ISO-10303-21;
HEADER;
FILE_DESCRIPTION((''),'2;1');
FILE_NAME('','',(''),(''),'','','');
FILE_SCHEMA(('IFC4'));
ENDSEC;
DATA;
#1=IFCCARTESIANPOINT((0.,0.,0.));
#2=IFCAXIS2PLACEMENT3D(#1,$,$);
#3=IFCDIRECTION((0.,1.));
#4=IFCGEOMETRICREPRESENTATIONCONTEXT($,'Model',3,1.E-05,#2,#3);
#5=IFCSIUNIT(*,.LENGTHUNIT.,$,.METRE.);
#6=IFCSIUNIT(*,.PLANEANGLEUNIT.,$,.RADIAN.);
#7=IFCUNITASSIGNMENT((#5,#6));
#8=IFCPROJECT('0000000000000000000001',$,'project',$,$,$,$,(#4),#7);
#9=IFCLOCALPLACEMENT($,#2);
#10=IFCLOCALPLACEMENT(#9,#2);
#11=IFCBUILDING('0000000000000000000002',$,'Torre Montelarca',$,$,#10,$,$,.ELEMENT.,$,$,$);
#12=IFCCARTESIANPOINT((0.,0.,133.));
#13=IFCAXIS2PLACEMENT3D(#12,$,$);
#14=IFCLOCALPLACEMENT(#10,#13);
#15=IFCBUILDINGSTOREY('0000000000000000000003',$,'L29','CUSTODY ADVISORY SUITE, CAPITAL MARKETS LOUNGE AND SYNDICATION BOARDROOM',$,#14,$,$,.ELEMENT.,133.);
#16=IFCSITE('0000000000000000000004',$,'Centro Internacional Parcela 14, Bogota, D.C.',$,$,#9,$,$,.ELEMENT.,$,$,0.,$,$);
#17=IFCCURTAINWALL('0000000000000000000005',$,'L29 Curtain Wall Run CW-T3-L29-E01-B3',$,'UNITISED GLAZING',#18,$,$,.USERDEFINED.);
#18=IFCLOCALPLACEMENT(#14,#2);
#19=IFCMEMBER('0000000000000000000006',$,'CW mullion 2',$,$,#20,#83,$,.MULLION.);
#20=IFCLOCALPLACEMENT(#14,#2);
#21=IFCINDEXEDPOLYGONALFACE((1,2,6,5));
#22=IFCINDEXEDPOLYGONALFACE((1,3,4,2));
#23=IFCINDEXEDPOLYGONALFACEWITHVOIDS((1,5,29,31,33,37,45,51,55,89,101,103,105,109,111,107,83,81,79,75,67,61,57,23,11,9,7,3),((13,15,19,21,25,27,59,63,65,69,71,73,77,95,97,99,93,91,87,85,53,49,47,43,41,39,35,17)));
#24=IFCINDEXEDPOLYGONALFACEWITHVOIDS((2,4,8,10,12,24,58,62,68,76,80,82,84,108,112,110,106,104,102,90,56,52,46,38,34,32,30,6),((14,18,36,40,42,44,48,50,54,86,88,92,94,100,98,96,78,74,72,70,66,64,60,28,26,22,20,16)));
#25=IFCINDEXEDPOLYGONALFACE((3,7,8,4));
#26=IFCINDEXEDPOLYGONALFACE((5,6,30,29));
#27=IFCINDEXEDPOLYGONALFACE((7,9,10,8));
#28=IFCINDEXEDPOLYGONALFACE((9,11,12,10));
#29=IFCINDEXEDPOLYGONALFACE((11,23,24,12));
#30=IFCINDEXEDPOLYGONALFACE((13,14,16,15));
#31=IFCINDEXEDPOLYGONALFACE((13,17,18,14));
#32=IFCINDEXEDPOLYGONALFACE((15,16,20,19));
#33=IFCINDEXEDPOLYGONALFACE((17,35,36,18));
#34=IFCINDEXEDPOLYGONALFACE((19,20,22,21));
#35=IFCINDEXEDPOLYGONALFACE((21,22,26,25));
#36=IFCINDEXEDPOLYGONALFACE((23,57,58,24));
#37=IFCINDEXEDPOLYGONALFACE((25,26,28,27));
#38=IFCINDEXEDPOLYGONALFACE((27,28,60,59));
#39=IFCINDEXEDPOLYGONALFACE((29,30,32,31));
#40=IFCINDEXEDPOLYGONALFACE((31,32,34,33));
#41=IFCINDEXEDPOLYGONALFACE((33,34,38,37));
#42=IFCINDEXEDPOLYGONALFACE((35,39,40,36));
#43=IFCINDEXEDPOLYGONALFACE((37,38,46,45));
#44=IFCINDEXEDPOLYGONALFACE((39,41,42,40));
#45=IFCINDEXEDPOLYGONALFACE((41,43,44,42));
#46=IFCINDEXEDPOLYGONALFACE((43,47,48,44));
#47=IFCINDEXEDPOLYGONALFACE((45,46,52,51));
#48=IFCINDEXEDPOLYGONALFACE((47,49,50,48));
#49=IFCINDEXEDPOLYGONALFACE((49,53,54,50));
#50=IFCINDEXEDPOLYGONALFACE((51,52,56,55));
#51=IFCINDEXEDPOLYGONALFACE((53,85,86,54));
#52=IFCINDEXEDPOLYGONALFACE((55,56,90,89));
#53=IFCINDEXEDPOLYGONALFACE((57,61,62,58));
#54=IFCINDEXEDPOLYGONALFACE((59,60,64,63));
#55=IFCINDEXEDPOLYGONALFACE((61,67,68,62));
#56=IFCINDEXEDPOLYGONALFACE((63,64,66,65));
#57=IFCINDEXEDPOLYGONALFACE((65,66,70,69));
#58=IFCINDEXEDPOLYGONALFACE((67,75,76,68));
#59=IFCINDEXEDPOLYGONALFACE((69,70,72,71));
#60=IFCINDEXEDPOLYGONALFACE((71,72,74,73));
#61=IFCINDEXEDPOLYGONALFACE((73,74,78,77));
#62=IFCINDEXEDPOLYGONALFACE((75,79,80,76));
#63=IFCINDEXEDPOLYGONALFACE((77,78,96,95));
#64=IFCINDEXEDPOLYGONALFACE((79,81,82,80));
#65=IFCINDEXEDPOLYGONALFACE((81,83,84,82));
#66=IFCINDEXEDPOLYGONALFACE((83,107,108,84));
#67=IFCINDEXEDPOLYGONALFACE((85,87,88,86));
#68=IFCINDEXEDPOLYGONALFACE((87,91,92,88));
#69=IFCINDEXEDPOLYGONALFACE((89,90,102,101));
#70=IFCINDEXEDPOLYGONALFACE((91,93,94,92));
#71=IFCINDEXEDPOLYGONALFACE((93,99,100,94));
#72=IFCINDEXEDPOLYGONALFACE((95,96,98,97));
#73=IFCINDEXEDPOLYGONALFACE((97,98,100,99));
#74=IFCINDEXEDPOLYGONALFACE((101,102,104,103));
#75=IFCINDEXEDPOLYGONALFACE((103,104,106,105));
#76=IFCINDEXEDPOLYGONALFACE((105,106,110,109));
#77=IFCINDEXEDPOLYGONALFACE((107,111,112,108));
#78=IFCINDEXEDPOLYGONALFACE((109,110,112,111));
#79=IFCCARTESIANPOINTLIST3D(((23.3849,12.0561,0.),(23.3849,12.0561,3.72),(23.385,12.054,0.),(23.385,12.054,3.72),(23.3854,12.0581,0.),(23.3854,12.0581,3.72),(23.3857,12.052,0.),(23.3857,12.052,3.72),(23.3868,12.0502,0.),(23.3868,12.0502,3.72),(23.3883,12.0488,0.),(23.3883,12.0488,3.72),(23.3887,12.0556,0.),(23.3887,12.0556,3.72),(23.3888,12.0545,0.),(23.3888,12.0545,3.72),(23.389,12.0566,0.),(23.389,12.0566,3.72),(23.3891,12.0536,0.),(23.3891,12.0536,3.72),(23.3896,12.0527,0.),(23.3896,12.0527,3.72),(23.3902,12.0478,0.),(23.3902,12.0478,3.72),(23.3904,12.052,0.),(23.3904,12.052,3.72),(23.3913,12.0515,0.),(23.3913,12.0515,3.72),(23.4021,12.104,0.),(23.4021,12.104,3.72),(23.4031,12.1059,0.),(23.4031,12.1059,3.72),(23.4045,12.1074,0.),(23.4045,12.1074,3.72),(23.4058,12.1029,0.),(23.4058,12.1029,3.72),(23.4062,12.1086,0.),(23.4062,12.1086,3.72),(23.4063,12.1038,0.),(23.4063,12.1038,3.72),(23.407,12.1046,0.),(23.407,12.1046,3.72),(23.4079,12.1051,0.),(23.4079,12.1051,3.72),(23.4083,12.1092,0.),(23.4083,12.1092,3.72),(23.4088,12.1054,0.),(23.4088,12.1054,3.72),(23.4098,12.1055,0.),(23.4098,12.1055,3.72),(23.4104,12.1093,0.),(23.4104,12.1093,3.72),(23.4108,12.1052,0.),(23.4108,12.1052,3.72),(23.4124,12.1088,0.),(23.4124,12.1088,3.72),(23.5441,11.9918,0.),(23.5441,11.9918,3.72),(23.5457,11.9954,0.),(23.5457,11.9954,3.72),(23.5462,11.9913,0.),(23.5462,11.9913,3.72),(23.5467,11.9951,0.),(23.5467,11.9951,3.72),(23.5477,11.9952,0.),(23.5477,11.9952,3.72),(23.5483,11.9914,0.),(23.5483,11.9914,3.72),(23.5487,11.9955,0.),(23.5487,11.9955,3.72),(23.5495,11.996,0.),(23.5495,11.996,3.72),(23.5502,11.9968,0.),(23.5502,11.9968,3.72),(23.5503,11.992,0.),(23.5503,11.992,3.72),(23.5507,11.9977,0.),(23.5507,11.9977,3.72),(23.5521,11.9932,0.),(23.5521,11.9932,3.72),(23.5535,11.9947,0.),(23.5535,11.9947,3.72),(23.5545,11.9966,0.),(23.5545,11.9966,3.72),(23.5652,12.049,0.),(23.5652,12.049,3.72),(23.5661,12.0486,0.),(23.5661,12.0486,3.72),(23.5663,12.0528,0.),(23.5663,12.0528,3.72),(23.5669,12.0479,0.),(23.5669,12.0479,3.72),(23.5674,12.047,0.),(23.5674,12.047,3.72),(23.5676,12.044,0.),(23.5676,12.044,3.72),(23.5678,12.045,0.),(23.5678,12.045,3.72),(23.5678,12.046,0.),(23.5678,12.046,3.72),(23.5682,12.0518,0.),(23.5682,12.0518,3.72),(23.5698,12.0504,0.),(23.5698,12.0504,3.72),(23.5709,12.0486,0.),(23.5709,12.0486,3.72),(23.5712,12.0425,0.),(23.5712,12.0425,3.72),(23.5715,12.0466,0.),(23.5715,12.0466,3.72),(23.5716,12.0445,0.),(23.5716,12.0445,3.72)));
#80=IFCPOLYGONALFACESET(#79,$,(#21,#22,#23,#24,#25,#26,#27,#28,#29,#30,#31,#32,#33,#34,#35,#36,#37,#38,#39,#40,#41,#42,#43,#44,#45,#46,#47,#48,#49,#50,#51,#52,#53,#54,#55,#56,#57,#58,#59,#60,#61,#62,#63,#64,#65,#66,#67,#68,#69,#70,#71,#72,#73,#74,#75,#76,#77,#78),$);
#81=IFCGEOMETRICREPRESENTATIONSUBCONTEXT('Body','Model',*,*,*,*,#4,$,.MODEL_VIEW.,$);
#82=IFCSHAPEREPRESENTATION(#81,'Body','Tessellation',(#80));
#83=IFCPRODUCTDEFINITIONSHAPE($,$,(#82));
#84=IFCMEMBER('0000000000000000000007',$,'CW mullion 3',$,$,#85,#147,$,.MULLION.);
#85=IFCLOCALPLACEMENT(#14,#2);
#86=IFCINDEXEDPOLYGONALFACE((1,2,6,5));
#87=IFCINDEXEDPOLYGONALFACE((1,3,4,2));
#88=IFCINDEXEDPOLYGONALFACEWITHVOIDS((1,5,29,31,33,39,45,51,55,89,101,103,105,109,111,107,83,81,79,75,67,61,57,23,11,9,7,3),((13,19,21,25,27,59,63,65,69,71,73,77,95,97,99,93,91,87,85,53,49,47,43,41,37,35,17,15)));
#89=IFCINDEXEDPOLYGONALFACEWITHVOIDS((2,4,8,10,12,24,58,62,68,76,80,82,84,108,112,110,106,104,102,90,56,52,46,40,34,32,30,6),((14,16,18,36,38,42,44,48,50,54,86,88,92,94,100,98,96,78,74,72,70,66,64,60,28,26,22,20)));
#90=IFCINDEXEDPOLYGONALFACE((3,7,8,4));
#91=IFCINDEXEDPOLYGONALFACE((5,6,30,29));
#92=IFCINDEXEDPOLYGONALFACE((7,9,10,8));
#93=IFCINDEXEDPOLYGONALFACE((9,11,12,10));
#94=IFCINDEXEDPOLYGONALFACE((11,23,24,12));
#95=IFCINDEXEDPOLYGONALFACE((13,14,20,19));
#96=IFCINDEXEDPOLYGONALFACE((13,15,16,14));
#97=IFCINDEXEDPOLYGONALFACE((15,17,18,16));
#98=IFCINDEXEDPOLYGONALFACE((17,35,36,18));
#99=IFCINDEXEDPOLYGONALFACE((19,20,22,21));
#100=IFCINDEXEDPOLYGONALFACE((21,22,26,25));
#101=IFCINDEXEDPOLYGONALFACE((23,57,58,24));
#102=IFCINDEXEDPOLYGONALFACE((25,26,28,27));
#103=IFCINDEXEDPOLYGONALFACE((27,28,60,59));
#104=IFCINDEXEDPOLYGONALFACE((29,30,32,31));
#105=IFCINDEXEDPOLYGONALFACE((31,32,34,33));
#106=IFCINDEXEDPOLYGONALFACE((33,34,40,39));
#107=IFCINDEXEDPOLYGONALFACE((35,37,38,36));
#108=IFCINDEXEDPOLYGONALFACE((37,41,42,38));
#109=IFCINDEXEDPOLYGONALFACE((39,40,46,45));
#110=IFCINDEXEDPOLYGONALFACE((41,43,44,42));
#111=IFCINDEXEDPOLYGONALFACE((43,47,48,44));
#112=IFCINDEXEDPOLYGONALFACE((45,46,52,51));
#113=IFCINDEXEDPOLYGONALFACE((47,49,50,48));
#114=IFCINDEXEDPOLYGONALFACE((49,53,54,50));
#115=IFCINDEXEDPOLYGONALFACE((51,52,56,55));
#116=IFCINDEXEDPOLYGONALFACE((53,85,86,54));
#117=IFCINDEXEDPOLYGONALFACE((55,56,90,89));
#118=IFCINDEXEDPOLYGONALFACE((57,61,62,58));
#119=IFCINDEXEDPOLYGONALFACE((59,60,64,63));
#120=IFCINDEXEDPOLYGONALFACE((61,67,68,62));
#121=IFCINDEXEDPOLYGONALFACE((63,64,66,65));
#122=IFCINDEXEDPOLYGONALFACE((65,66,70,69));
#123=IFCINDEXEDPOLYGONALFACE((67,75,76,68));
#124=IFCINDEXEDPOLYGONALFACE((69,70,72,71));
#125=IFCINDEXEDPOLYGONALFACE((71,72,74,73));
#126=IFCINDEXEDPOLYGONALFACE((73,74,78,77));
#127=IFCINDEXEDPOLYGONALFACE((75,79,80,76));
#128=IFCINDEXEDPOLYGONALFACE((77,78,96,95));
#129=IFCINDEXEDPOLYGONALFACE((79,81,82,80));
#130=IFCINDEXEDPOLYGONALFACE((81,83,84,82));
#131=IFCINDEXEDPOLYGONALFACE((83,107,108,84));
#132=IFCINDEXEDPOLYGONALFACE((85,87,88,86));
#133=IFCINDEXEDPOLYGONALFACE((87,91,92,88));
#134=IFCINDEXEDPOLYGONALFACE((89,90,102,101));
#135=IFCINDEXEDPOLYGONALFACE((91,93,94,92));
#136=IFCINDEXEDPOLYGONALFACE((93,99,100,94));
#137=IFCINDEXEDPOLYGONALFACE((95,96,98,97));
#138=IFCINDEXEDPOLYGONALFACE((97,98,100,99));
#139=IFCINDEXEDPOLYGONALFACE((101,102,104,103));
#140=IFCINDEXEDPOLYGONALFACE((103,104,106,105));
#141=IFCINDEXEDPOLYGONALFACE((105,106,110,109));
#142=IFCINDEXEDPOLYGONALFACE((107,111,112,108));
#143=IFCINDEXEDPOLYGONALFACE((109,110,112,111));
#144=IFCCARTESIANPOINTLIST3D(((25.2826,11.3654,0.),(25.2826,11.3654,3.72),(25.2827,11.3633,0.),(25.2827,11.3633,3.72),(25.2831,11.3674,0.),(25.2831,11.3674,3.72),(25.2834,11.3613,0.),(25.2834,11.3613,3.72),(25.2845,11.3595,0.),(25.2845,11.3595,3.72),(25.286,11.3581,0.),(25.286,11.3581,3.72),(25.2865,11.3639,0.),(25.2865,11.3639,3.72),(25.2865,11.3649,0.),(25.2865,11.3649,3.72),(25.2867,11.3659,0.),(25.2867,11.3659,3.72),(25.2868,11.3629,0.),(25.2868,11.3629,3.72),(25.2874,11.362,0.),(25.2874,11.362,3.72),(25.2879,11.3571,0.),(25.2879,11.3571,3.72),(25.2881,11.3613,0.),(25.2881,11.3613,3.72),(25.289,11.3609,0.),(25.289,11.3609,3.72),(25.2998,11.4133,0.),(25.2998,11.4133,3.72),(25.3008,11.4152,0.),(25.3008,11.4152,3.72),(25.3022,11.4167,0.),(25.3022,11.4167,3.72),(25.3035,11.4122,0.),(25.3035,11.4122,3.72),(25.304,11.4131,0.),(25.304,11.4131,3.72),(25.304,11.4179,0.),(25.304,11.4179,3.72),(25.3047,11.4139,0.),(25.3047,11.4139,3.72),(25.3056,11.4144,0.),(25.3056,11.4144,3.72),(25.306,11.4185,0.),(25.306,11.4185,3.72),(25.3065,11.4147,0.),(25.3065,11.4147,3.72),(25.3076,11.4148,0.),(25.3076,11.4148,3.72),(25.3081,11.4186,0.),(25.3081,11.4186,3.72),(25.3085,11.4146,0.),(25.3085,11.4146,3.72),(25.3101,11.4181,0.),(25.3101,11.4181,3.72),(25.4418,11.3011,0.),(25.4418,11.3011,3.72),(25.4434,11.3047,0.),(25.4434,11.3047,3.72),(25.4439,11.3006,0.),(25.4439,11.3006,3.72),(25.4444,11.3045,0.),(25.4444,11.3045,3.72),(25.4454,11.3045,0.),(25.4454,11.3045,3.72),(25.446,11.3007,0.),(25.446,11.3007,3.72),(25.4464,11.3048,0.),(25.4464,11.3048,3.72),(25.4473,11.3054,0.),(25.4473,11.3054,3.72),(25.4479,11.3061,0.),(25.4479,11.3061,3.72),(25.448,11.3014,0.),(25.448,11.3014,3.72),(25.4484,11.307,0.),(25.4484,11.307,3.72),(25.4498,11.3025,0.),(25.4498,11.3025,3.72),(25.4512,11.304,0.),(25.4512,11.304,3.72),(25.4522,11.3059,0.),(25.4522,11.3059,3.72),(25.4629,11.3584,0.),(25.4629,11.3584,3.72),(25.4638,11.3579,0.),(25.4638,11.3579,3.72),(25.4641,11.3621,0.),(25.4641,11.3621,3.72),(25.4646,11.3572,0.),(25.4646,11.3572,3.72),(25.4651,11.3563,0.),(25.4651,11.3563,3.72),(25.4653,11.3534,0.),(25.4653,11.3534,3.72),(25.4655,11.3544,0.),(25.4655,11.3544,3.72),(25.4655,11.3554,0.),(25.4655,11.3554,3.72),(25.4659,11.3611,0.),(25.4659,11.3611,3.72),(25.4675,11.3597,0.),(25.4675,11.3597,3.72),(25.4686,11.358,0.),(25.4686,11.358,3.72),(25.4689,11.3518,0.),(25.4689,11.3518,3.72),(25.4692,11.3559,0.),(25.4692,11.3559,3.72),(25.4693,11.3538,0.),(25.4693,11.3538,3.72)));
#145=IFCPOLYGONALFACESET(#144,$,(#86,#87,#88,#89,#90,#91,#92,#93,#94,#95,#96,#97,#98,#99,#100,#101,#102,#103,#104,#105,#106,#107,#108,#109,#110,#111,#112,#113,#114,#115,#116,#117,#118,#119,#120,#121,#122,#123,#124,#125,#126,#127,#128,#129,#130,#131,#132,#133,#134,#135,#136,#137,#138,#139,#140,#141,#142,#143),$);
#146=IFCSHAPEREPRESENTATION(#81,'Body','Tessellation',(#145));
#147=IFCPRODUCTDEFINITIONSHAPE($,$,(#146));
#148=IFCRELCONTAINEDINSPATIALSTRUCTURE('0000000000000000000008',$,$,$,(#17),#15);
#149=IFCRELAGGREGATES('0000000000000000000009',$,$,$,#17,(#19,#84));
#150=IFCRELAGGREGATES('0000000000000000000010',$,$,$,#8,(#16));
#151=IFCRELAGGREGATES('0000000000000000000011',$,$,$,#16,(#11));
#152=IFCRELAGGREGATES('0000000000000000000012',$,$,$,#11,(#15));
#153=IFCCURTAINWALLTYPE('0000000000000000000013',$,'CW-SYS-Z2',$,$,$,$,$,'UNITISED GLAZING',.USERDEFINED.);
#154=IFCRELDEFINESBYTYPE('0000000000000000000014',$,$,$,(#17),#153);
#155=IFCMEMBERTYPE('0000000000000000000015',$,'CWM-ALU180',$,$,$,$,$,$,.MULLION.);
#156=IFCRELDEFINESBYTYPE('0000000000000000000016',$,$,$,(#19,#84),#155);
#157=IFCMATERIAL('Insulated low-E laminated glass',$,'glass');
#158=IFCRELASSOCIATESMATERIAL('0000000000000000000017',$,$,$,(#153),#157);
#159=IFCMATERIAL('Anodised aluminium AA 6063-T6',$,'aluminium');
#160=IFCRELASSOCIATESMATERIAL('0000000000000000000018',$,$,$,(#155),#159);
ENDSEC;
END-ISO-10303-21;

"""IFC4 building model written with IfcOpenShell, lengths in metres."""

from ifc_helpers import new_model, si_unit, direction, frame, origin, origin_2d, place, context, subcontext, project, spatial, hollow_rectangle, extrude, source, transform, mapped, material, material_profile, profile_set, type_object, element, aggregate, save


model = new_model("IFC4")

# Units and contexts
model_context = context("Model", 3, precision=1e-05, world=origin(), true_north=direction((0.0, 1.0)))
body_context = subcontext(model_context, "Body", "Model", "MODEL_VIEW")
ifc_project = project(units=[si_unit("LENGTHUNIT", "METRE"), si_unit("PLANEANGLEUNIT", "RADIAN")], contexts=[model_context])

# Site, building, storey
site_placement = place(None, origin())
site = spatial("IfcSite", under=ifc_project, at=site_placement, Name="Centro Internacional Parcela 14, Bogota, D.C.", CompositionType="ELEMENT", RefElevation=0.0)
building_placement = place(site_placement, origin())
building = spatial("IfcBuilding", under=site, at=building_placement, Name="Torre Montelarca", CompositionType="ELEMENT")
storey_placement = place(building_placement, frame((0.0, 0.0, 133.0)))
storey = spatial("IfcBuildingStorey", under=building, at=storey_placement, Name="L29", Description="CUSTODY ADVISORY SUITE, CAPITAL MARKETS LOUNGE AND SYNDICATION BOARDROOM", CompositionType="ELEMENT", Elevation=133.0)

# Curtain wall, members
ifc_material_1 = material(Name="Insulated low-E laminated glass", Category="glass")
curtain_wall_type = type_object("IfcCurtainWallType", Name="CW-SYS-Z2", ElementType="UNITISED GLAZING", PredefinedType="USERDEFINED", material=ifc_material_1)
ifc_material_2 = material(Name="Anodised aluminium AA 6063-T6", Category="aluminium")
curtain_wall_1_placement = place(storey_placement, origin())
curtain_wall_1 = element("IfcCurtainWall", 1, at=curtain_wall_1_placement, inside=storey, type_object=curtain_wall_type, Name="L29 Curtain Wall Run CW-T3-L29-E01-B3", ObjectType="UNITISED GLAZING", PredefinedType="USERDEFINED")
ifc_material_profile_1 = material_profile(ifc_material_2, hollow_rectangle(XDim=0.0649, YDim=0.1799, WallThickness=0.0039, InnerFilletRadius=0.0039, OuterFilletRadius=0.0081, at=origin_2d()), Name="ALU65X180X4", Category="aluminium")
ifc_profile_set_1 = profile_set([ifc_material_profile_1], Name="Anodised aluminium AA 6063-T6")
member_type_1 = type_object("IfcMemberType", Name="CWM-ALU180", PredefinedType="MULLION", material=ifc_profile_set_1)
shared_shape_1 = source(origin(), body_context, "Body", "SweptSolid", [
    extrude(hollow_rectangle(XDim=0.0649, YDim=0.1799, WallThickness=0.0039, InnerFilletRadius=0.0039, OuterFilletRadius=0.0081, at=origin_2d()), origin(), (0.0, 0.0, 1.0), 3.72),
])
member_1_placement = place(storey_placement, frame((23.4783, 12.0503, 0.0), z_axis=(0.0, 0.0, 1.0), x_axis=(0.342023, 0.939692, 0.0)))
member_1 = element("IfcMember", 2, at=member_1_placement, type_object=member_type_1, Name="CW mullion 2", PredefinedType="MULLION", context=body_context, shape_type="MappedRepresentation", body=[
    mapped(shared_shape_1, transform((0.0, 0.0, 0.0), scale=1.0)),
])
member_2_placement = place(storey_placement, frame((25.376, 11.3596, 0.0), z_axis=(0.0, 0.0, 1.0), x_axis=(0.342023, 0.939692, 0.0)))
member_2 = element("IfcMember", 3, at=member_2_placement, type_object=member_type_1, Name="CW mullion 3", PredefinedType="MULLION", context=body_context, shape_type="MappedRepresentation", body=[
    mapped(shared_shape_1, transform((0.0, 0.0, 0.0), scale=1.0)),
])

aggregate(curtain_wall_1, [member_1, member_2])

save(model, "model.ifc")
